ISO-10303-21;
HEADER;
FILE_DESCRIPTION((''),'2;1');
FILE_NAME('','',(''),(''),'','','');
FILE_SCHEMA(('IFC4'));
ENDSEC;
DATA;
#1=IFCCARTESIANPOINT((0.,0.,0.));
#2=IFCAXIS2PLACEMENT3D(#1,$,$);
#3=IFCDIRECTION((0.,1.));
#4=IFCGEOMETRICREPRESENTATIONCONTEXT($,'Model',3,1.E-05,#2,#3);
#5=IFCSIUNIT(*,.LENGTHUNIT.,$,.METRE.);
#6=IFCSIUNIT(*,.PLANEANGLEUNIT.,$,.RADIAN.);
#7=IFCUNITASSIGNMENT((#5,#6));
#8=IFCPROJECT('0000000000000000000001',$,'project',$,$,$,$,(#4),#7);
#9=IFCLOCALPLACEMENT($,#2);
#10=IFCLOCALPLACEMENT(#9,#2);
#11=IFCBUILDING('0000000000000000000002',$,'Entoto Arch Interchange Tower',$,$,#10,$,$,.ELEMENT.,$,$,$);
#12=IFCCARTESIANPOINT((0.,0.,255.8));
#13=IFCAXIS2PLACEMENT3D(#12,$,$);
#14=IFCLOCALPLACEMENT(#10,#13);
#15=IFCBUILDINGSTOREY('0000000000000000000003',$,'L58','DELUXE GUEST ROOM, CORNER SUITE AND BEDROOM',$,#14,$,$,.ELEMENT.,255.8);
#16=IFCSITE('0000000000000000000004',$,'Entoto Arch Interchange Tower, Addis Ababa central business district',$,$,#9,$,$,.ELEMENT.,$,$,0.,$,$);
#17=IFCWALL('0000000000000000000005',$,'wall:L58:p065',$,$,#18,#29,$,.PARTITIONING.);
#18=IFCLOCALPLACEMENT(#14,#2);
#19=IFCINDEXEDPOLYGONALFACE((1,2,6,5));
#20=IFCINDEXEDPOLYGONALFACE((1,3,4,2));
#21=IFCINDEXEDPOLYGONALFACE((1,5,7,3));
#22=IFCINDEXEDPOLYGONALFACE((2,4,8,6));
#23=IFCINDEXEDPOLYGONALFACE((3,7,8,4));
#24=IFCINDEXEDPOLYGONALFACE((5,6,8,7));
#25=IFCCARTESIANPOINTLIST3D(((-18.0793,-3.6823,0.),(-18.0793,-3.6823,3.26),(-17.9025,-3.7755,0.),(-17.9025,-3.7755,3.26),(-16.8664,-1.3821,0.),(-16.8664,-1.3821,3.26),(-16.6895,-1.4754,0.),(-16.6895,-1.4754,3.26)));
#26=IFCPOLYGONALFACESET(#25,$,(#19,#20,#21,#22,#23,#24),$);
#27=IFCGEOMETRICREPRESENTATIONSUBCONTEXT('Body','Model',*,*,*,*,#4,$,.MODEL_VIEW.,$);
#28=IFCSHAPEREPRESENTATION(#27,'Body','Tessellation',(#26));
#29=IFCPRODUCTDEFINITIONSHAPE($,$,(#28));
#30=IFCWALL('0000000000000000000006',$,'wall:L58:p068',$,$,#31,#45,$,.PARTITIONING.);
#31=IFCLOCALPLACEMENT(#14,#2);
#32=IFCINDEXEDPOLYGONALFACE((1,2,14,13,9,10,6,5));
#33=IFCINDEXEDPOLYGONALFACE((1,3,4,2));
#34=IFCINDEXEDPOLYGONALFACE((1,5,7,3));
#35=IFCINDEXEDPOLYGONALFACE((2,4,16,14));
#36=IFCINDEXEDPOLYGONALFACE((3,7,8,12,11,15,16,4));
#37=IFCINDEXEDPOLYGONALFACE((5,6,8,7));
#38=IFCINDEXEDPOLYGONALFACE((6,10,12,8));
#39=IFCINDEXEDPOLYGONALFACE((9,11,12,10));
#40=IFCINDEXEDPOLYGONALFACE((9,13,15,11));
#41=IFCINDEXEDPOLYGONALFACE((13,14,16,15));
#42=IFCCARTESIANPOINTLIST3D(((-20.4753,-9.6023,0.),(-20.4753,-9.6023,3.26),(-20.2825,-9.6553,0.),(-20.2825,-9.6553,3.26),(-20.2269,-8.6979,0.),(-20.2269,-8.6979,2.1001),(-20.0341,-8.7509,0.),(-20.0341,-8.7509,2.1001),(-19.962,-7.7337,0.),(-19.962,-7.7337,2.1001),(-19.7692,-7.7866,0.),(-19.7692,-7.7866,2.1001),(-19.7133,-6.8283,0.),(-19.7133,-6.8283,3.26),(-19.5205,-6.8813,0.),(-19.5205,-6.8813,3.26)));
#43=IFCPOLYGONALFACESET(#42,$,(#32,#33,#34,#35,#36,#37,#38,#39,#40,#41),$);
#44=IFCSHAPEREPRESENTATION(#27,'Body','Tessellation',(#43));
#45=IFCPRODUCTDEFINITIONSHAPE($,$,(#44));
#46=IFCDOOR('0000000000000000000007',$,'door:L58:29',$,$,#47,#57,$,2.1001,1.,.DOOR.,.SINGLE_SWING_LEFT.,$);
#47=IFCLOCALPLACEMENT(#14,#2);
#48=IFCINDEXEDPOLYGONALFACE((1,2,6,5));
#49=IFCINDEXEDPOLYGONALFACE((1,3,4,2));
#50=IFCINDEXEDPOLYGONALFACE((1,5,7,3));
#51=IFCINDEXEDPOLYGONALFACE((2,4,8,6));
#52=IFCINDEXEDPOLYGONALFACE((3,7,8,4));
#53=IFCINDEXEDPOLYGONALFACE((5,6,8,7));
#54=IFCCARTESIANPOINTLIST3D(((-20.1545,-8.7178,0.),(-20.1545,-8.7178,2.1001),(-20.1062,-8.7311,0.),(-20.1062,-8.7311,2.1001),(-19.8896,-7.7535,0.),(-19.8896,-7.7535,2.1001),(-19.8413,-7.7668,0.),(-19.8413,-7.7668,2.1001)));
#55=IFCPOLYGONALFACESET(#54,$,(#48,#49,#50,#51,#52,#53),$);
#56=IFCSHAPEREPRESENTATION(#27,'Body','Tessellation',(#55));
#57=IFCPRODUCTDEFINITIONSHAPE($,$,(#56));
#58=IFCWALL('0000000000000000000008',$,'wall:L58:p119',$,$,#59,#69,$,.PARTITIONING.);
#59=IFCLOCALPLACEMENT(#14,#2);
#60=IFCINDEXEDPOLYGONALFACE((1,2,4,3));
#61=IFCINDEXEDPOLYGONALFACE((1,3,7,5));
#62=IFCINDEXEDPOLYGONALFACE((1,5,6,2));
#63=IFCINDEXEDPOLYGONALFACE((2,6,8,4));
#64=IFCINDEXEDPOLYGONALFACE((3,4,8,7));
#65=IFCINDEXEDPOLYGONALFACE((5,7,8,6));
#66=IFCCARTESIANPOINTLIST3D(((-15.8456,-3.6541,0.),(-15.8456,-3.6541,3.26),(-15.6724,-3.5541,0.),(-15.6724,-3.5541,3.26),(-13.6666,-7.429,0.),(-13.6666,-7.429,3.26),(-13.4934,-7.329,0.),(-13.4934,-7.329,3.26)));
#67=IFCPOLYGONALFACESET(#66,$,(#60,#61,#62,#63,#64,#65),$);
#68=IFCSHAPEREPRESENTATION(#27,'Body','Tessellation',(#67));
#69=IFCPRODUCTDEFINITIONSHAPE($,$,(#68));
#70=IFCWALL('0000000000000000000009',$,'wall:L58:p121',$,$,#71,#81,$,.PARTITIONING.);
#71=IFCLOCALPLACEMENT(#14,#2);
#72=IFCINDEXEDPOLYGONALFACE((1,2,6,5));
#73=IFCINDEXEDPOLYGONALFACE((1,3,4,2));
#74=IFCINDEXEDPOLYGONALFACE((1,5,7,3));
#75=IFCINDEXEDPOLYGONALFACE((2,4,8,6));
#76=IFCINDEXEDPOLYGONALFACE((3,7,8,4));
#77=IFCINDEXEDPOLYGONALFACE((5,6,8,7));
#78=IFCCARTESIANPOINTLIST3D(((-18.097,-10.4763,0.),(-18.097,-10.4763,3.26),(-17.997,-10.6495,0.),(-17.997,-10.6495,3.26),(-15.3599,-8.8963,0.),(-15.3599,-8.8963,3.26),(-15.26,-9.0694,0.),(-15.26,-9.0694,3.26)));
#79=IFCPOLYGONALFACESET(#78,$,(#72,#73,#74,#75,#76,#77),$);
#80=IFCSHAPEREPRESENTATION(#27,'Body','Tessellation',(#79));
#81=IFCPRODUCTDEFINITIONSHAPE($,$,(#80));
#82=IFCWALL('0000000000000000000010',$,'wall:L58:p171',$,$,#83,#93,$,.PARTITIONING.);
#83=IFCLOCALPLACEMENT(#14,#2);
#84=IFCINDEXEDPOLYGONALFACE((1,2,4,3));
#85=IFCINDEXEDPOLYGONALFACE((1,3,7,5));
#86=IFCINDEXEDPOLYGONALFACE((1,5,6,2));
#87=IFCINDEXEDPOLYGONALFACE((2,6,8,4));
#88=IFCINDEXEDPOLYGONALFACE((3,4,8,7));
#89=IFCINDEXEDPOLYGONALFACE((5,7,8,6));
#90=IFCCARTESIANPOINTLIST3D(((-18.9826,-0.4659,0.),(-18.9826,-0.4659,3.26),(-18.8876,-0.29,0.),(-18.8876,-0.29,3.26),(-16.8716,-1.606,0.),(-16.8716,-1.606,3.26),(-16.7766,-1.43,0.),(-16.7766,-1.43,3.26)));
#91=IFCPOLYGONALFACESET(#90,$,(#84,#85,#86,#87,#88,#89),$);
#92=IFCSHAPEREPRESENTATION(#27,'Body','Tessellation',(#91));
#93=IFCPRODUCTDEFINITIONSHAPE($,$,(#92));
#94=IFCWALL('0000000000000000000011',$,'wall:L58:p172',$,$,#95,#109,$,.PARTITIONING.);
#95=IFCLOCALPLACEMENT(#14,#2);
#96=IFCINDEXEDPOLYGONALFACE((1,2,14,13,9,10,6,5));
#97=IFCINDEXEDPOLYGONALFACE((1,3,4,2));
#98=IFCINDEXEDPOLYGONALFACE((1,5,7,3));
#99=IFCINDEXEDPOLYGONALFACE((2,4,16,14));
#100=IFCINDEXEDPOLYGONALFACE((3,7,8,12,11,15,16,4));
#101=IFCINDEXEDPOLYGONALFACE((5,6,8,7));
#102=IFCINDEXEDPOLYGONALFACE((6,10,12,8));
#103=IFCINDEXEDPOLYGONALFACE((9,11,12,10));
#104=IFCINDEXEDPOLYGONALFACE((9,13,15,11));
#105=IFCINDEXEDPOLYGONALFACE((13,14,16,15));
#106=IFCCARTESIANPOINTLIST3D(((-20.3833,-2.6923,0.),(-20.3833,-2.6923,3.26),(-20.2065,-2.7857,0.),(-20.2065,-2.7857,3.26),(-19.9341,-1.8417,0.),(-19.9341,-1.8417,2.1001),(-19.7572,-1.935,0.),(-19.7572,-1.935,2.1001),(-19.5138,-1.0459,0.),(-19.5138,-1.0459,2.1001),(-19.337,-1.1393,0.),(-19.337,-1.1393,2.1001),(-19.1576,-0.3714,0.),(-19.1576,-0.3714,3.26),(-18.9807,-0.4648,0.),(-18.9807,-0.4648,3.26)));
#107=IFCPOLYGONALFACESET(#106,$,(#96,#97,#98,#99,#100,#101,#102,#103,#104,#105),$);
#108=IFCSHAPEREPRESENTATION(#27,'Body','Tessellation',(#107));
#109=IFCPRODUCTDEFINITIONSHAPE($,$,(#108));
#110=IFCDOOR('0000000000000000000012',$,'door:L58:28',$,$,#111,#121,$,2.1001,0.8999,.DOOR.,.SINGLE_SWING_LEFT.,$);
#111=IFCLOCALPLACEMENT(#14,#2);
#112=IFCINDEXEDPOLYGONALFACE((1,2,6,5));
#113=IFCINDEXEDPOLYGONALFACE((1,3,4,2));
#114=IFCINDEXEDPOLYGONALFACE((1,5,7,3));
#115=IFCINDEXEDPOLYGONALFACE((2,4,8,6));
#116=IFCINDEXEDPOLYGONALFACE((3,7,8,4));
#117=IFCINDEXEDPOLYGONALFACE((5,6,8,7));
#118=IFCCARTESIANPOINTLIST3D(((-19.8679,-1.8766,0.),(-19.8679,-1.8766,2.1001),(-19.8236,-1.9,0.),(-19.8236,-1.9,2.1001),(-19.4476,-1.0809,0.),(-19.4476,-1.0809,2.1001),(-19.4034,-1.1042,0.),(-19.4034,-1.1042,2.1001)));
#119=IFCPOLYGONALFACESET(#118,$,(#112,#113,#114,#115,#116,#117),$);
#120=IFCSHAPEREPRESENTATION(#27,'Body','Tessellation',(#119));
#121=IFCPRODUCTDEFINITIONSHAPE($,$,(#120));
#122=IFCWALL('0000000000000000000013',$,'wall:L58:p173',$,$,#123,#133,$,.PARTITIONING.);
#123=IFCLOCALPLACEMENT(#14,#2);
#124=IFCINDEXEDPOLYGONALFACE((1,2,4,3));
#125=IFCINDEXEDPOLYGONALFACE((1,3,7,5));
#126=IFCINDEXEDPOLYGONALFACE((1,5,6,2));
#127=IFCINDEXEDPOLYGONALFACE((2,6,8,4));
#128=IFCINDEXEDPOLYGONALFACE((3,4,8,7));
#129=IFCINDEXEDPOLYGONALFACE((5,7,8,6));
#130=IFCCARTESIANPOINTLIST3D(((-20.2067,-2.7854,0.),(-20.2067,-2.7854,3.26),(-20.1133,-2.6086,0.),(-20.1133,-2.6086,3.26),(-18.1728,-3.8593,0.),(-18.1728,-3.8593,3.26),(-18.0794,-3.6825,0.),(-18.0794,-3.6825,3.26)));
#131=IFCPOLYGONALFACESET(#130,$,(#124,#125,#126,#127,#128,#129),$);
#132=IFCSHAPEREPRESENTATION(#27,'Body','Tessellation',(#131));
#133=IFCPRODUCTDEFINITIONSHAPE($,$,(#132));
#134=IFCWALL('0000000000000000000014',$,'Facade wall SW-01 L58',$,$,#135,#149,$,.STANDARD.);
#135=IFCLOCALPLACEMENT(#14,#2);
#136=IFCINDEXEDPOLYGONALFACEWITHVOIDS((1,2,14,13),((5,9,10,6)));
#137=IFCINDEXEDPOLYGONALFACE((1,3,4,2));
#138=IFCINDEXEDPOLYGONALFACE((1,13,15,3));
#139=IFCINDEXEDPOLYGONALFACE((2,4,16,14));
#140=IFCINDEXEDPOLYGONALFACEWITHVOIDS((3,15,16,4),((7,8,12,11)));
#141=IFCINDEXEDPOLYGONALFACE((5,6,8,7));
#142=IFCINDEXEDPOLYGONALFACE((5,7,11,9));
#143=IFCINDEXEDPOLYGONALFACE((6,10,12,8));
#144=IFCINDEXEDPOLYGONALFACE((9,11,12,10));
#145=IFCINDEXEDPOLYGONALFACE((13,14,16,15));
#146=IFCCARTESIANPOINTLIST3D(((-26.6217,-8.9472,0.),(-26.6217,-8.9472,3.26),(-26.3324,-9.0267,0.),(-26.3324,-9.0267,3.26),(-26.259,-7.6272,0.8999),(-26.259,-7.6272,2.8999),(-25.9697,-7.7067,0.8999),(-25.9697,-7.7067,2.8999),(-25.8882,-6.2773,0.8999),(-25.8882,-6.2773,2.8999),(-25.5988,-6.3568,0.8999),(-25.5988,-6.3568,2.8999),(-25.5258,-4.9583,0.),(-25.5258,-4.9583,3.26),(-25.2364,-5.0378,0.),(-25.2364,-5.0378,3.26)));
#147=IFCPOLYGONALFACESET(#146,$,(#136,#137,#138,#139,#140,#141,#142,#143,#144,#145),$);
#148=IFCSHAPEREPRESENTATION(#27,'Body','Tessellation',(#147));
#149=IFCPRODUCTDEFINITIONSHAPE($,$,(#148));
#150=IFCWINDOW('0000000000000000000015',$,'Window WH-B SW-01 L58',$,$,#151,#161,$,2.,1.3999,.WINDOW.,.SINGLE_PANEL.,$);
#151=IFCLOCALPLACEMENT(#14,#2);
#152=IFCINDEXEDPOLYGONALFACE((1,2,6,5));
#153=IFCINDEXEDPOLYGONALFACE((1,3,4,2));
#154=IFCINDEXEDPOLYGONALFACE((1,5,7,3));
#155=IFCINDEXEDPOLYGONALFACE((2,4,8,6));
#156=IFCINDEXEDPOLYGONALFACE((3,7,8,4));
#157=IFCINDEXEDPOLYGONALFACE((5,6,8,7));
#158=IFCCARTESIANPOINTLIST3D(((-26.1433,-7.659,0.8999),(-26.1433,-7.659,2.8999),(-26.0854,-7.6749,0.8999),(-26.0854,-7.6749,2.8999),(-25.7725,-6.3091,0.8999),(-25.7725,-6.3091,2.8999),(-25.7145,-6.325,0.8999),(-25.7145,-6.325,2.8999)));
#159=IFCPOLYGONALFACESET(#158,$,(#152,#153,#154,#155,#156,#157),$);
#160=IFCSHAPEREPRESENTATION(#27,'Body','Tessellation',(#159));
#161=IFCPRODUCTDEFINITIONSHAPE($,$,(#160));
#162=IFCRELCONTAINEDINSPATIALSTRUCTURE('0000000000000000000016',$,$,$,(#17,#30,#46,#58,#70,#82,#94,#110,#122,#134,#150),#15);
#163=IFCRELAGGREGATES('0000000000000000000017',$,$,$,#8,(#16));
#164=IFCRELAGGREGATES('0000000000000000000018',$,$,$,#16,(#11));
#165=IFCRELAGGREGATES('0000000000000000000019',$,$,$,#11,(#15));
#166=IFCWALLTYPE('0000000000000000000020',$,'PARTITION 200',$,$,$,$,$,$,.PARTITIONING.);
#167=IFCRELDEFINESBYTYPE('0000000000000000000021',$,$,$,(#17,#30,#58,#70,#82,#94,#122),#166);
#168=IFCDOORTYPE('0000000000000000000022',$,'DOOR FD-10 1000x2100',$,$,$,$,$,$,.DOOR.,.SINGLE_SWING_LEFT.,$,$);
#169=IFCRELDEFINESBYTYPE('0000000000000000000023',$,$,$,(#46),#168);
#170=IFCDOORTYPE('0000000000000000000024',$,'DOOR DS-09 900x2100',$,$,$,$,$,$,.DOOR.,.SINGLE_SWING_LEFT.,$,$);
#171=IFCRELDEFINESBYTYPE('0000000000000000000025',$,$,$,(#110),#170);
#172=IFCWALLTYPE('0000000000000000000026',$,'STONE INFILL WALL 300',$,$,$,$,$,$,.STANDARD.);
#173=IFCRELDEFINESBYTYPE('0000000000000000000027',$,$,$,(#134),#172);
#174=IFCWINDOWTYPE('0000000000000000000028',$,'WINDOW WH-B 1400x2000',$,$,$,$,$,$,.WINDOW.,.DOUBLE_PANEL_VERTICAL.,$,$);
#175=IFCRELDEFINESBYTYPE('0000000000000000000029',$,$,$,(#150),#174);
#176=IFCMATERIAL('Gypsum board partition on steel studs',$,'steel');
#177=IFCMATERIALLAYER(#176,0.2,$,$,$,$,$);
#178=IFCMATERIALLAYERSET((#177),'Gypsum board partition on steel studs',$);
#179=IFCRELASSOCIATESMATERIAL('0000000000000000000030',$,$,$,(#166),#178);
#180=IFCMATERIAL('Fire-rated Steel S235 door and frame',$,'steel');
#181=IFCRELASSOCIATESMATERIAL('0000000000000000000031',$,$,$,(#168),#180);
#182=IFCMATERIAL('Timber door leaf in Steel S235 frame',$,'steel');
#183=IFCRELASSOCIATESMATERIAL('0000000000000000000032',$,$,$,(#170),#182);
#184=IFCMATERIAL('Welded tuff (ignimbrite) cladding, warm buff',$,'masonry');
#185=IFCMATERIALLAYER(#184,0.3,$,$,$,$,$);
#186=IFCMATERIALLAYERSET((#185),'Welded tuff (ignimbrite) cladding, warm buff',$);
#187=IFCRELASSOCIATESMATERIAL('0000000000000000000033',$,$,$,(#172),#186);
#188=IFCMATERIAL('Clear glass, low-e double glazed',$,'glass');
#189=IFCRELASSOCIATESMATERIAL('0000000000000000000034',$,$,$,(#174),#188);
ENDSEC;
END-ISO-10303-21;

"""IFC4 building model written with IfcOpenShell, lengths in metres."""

from ifc_helpers import new_model, si_unit, direction, frame, frame_2d, origin, place, context, subcontext, project, spatial, rectangle, extrude, material, layer, layer_set, type_object, element, fill, save


model = new_model("IFC4")

# Units and contexts
model_context = context("Model", 3, precision=1e-05, world=origin(), true_north=direction((0.0, 1.0)))
body_context = subcontext(model_context, "Body", "Model", "MODEL_VIEW")
ifc_project = project(units=[si_unit("LENGTHUNIT", "METRE"), si_unit("PLANEANGLEUNIT", "RADIAN")], contexts=[model_context])

# Site, building, storey
site_placement = place(None, origin())
site = spatial("IfcSite", under=ifc_project, at=site_placement, Name="Entoto Arch Interchange Tower, Addis Ababa central business district", CompositionType="ELEMENT", RefElevation=0.0)
building_placement = place(site_placement, origin())
building = spatial("IfcBuilding", under=site, at=building_placement, Name="Entoto Arch Interchange Tower", CompositionType="ELEMENT")
storey_placement = place(building_placement, frame((0.0, 0.0, 255.8)))
storey = spatial("IfcBuildingStorey", under=building, at=storey_placement, Name="L58", Description="DELUXE GUEST ROOM, CORNER SUITE AND BEDROOM", CompositionType="ELEMENT", Elevation=255.8)

# Shared definitions
ifc_material_1 = material(Name="Gypsum board partition on steel studs", Category="steel")
ifc_layer_1 = layer(ifc_material_1, 0.2)
ifc_layer_set_1 = layer_set([ifc_layer_1], Name="Gypsum board partition on steel studs")
wall_type_1 = type_object("IfcWallType", Name="PARTITION 200", PredefinedType="PARTITIONING", material=ifc_layer_set_1)

# Shared definitions
ifc_material_2 = material(Name="Timber door leaf in Steel S235 frame", Category="steel")

# Shared definitions
ifc_material_3 = material(Name="Fire-rated Steel S235 door and frame", Category="steel")
door_type_1 = type_object("IfcDoorType", Name="DOOR FD-10 1000x2100", OperationType="SINGLE_SWING_LEFT", PredefinedType="DOOR", material=ifc_material_3)

# Wall
wall_1_placement = place(storey_placement, frame((-17.991, -3.729, 0.0), z_axis=(0.0, 0.0, 1.0), x_axis=(0.466451, 0.884547, 0.0)))
element("IfcWall", 1, at=wall_1_placement, inside=storey, type_object=wall_type_1, Name="wall:L58:p065", PredefinedType="PARTITIONING", context=body_context, shape_type="SweptSolid", body=[
    extrude(rectangle(XDim=2.6003, YDim=0.2, at=frame_2d((1.3003, 0.0))), origin(), (0.0, 0.0, 1.0), 3.26),
])

# Wall, opening, door
wall_2_placement = place(storey_placement, frame((-20.3789, -9.6289, 0.0), z_axis=(0.0, 0.0, 1.0), x_axis=(0.264876, 0.964282, 0.0)))
wall_2 = element("IfcWall", 2, at=wall_2_placement, inside=storey, type_object=wall_type_1, Name="wall:L58:p068", PredefinedType="PARTITIONING", context=body_context, shape_type="SweptSolid", body=[
    extrude(rectangle(XDim=2.8767, YDim=0.2, at=frame_2d((1.4385, 0.0))), origin(), (0.0, 0.0, 1.0), 3.26),
])
opening_1_placement = place(wall_2_placement, frame((0.938, 0.0, 0.0)))
opening_1 = element("IfcOpeningElement", 3, at=opening_1_placement, cuts=wall_2, PredefinedType="OPENING", context=body_context, shape_type="SweptSolid", body=[
    extrude(rectangle(XDim=1.0, YDim=2.1001, at=frame_2d((0.5, 1.05))), frame((0.0, 0.1099, 0.0), z_axis=(0.0, -1.0, 0.0), x_axis=(1.0, 0.0, 0.0)), (0.0, 0.0, 1.0), 0.22),
])
door_1_placement = place(opening_1_placement, origin())
door_1 = element("IfcDoor", 4, at=door_1_placement, inside=storey, type_object=door_type_1, Name="door:L58:29", OperationType="SINGLE_SWING_LEFT", OverallHeight=2.1001, OverallWidth=1.0, PredefinedType="DOOR", context=body_context, shape_type="SweptSolid", body=[
    extrude(rectangle(XDim=1.0, YDim=2.1001, at=frame_2d((0.5, 1.05))), frame((0.0, 0.0249, 0.0), z_axis=(0.0, -1.0, 0.0), x_axis=(1.0, 0.0, 0.0)), (0.0, 0.0, 1.0), 0.05),
])
fill(opening_1, door_1)

# Walls
wall_3_placement = place(storey_placement, frame((-13.5801, -7.3789, 0.0), z_axis=(0.0, 0.0, 1.0), x_axis=(-0.499916, 0.866074, 0.0)))
element("IfcWall", 5, at=wall_3_placement, inside=storey, type_object=wall_type_1, Name="wall:L58:p119", PredefinedType="PARTITIONING", context=body_context, shape_type="SweptSolid", body=[
    extrude(rectangle(XDim=4.3586, YDim=0.2, at=frame_2d((2.1792, 0.0))), origin(), (0.0, 0.0, 1.0), 3.26),
])
wall_4_placement = place(storey_placement, frame((-15.3101, -8.9829, 0.0), z_axis=(0.0, 0.0, 1.0), x_axis=(-0.866048, -0.499961, 0.0)))
element("IfcWall", 6, at=wall_4_placement, inside=storey, type_object=wall_type_1, Name="wall:L58:p121", PredefinedType="PARTITIONING", context=body_context, shape_type="SweptSolid", body=[
    extrude(rectangle(XDim=3.1604, YDim=0.2, at=frame_2d((1.5801, 0.0))), origin(), (0.0, 0.0, 1.0), 3.26),
])
wall_5_placement = place(storey_placement, frame((-16.824, -1.5181, 0.0), z_axis=(0.0, 0.0, 1.0), x_axis=(-0.879879, 0.475198, 0.0)))
element("IfcWall", 7, at=wall_5_placement, inside=storey, type_object=wall_type_1, Name="wall:L58:p171", PredefinedType="PARTITIONING", context=body_context, shape_type="SweptSolid", body=[
    extrude(rectangle(XDim=2.3992, YDim=0.2, at=frame_2d((1.1997, 0.0))), origin(), (0.0, 0.0, 1.0), 3.26),
])

# Wall, opening, door
wall_6_placement = place(storey_placement, frame((-19.0691, -0.418, 0.0), z_axis=(0.0, 0.0, 1.0), x_axis=(-0.467007, -0.884254, 0.0)))
wall_6 = element("IfcWall", 8, at=wall_6_placement, inside=storey, type_object=wall_type_1, Name="wall:L58:p172", PredefinedType="PARTITIONING", context=body_context, shape_type="SweptSolid", body=[
    extrude(rectangle(XDim=2.6248, YDim=0.2, at=frame_2d((1.3125, 0.0))), origin(), (0.0, 0.0, 1.0), 3.26),
])
opening_2_placement = place(wall_6_placement, frame((0.7629, 0.0, 0.0)))
opening_2 = element("IfcOpeningElement", 9, at=opening_2_placement, cuts=wall_6, PredefinedType="OPENING", context=body_context, shape_type="SweptSolid", body=[
    extrude(rectangle(XDim=0.8999, YDim=2.1001, at=frame_2d((0.45, 1.05))), frame((0.0, 0.1099, 0.0), z_axis=(0.0, -1.0, 0.0), x_axis=(1.0, 0.0, 0.0)), (0.0, 0.0, 1.0), 0.22),
])
door_type_2 = type_object("IfcDoorType", Name="DOOR DS-09 900x2100", OperationType="SINGLE_SWING_LEFT", PredefinedType="DOOR", material=ifc_material_2)
door_2_placement = place(opening_2_placement, origin())
door_2 = element("IfcDoor", 10, at=door_2_placement, inside=storey, type_object=door_type_2, Name="door:L58:28", OperationType="SINGLE_SWING_LEFT", OverallHeight=2.1001, OverallWidth=0.8999, PredefinedType="DOOR", context=body_context, shape_type="SweptSolid", body=[
    extrude(rectangle(XDim=0.8999, YDim=2.1001, at=frame_2d((0.45, 1.05))), frame((0.0, 0.0249, 0.0), z_axis=(0.0, -1.0, 0.0), x_axis=(1.0, 0.0, 0.0)), (0.0, 0.0, 1.0), 0.05),
])
fill(opening_2, door_2)

# Wall
wall_7_placement = place(storey_placement, frame((-20.1599, -2.697, 0.0), z_axis=(0.0, 0.0, 1.0), x_axis=(0.884293, -0.466932, 0.0)))
element("IfcWall", 11, at=wall_7_placement, inside=storey, type_object=wall_type_1, Name="wall:L58:p173", PredefinedType="PARTITIONING", context=body_context, shape_type="SweptSolid", body=[
    extrude(rectangle(XDim=2.3, YDim=0.2, at=frame_2d((1.1499, 0.0))), origin(), (0.0, 0.0, 1.0), 3.26),
])

# Wall, opening, window
ifc_material_4 = material(Name="Welded tuff (ignimbrite) cladding, warm buff", Category="masonry")
ifc_layer_2 = layer(ifc_material_4, 0.3)
ifc_layer_set_2 = layer_set([ifc_layer_2], Name="Welded tuff (ignimbrite) cladding, warm buff")
wall_type_2 = type_object("IfcWallType", Name="STONE INFILL WALL 300", PredefinedType="STANDARD", material=ifc_layer_set_2)
wall_8_placement = place(storey_placement, frame((-25.3811, -4.998, 0.0), z_axis=(0.0, 0.0, 1.0), x_axis=(-0.264925, -0.964269, 0.0)))
wall_8 = element("IfcWall", 12, at=wall_8_placement, inside=storey, type_object=wall_type_2, Name="Facade wall SW-01 L58", PredefinedType="STANDARD", context=body_context, shape_type="SweptSolid", body=[
    extrude(rectangle(XDim=4.1367, YDim=0.3, at=frame_2d((2.0684, 0.0))), origin(), (0.0, 0.0, 1.0), 3.26),
])
opening_3_placement = place(wall_8_placement, frame((1.3679, 0.0, 0.8999)))
opening_3 = element("IfcOpeningElement", 13, at=opening_3_placement, cuts=wall_8, PredefinedType="OPENING", context=body_context, shape_type="SweptSolid", body=[
    extrude(rectangle(XDim=1.3999, YDim=2.0, at=frame_2d((0.7, 1.0))), frame((0.0, 0.1602, 0.0), z_axis=(0.0, -1.0, 0.0), x_axis=(1.0, 0.0, 0.0)), (0.0, 0.0, 1.0), 0.3201),
])
ifc_material_5 = material(Name="Clear glass, low-e double glazed", Category="glass")
window_type = type_object("IfcWindowType", Name="WINDOW WH-B 1400x2000", PartitioningType="DOUBLE_PANEL_VERTICAL", PredefinedType="WINDOW", material=ifc_material_5)
window_1_placement = place(opening_3_placement, origin())
window_1 = element("IfcWindow", 14, at=window_1_placement, inside=storey, type_object=window_type, Name="Window WH-B SW-01 L58", OverallHeight=2.0, OverallWidth=1.3999, PartitioningType="SINGLE_PANEL", PredefinedType="WINDOW", context=body_context, shape_type="SweptSolid", body=[
    extrude(rectangle(XDim=1.3999, YDim=2.0, at=frame_2d((0.7, 1.0))), frame((0.0, 0.03, 0.0), z_axis=(0.0, -1.0, 0.0), x_axis=(1.0, 0.0, 0.0)), (0.0, 0.0, 1.0), 0.0601),
])
fill(opening_3, window_1)

save(model, "model.ifc")
